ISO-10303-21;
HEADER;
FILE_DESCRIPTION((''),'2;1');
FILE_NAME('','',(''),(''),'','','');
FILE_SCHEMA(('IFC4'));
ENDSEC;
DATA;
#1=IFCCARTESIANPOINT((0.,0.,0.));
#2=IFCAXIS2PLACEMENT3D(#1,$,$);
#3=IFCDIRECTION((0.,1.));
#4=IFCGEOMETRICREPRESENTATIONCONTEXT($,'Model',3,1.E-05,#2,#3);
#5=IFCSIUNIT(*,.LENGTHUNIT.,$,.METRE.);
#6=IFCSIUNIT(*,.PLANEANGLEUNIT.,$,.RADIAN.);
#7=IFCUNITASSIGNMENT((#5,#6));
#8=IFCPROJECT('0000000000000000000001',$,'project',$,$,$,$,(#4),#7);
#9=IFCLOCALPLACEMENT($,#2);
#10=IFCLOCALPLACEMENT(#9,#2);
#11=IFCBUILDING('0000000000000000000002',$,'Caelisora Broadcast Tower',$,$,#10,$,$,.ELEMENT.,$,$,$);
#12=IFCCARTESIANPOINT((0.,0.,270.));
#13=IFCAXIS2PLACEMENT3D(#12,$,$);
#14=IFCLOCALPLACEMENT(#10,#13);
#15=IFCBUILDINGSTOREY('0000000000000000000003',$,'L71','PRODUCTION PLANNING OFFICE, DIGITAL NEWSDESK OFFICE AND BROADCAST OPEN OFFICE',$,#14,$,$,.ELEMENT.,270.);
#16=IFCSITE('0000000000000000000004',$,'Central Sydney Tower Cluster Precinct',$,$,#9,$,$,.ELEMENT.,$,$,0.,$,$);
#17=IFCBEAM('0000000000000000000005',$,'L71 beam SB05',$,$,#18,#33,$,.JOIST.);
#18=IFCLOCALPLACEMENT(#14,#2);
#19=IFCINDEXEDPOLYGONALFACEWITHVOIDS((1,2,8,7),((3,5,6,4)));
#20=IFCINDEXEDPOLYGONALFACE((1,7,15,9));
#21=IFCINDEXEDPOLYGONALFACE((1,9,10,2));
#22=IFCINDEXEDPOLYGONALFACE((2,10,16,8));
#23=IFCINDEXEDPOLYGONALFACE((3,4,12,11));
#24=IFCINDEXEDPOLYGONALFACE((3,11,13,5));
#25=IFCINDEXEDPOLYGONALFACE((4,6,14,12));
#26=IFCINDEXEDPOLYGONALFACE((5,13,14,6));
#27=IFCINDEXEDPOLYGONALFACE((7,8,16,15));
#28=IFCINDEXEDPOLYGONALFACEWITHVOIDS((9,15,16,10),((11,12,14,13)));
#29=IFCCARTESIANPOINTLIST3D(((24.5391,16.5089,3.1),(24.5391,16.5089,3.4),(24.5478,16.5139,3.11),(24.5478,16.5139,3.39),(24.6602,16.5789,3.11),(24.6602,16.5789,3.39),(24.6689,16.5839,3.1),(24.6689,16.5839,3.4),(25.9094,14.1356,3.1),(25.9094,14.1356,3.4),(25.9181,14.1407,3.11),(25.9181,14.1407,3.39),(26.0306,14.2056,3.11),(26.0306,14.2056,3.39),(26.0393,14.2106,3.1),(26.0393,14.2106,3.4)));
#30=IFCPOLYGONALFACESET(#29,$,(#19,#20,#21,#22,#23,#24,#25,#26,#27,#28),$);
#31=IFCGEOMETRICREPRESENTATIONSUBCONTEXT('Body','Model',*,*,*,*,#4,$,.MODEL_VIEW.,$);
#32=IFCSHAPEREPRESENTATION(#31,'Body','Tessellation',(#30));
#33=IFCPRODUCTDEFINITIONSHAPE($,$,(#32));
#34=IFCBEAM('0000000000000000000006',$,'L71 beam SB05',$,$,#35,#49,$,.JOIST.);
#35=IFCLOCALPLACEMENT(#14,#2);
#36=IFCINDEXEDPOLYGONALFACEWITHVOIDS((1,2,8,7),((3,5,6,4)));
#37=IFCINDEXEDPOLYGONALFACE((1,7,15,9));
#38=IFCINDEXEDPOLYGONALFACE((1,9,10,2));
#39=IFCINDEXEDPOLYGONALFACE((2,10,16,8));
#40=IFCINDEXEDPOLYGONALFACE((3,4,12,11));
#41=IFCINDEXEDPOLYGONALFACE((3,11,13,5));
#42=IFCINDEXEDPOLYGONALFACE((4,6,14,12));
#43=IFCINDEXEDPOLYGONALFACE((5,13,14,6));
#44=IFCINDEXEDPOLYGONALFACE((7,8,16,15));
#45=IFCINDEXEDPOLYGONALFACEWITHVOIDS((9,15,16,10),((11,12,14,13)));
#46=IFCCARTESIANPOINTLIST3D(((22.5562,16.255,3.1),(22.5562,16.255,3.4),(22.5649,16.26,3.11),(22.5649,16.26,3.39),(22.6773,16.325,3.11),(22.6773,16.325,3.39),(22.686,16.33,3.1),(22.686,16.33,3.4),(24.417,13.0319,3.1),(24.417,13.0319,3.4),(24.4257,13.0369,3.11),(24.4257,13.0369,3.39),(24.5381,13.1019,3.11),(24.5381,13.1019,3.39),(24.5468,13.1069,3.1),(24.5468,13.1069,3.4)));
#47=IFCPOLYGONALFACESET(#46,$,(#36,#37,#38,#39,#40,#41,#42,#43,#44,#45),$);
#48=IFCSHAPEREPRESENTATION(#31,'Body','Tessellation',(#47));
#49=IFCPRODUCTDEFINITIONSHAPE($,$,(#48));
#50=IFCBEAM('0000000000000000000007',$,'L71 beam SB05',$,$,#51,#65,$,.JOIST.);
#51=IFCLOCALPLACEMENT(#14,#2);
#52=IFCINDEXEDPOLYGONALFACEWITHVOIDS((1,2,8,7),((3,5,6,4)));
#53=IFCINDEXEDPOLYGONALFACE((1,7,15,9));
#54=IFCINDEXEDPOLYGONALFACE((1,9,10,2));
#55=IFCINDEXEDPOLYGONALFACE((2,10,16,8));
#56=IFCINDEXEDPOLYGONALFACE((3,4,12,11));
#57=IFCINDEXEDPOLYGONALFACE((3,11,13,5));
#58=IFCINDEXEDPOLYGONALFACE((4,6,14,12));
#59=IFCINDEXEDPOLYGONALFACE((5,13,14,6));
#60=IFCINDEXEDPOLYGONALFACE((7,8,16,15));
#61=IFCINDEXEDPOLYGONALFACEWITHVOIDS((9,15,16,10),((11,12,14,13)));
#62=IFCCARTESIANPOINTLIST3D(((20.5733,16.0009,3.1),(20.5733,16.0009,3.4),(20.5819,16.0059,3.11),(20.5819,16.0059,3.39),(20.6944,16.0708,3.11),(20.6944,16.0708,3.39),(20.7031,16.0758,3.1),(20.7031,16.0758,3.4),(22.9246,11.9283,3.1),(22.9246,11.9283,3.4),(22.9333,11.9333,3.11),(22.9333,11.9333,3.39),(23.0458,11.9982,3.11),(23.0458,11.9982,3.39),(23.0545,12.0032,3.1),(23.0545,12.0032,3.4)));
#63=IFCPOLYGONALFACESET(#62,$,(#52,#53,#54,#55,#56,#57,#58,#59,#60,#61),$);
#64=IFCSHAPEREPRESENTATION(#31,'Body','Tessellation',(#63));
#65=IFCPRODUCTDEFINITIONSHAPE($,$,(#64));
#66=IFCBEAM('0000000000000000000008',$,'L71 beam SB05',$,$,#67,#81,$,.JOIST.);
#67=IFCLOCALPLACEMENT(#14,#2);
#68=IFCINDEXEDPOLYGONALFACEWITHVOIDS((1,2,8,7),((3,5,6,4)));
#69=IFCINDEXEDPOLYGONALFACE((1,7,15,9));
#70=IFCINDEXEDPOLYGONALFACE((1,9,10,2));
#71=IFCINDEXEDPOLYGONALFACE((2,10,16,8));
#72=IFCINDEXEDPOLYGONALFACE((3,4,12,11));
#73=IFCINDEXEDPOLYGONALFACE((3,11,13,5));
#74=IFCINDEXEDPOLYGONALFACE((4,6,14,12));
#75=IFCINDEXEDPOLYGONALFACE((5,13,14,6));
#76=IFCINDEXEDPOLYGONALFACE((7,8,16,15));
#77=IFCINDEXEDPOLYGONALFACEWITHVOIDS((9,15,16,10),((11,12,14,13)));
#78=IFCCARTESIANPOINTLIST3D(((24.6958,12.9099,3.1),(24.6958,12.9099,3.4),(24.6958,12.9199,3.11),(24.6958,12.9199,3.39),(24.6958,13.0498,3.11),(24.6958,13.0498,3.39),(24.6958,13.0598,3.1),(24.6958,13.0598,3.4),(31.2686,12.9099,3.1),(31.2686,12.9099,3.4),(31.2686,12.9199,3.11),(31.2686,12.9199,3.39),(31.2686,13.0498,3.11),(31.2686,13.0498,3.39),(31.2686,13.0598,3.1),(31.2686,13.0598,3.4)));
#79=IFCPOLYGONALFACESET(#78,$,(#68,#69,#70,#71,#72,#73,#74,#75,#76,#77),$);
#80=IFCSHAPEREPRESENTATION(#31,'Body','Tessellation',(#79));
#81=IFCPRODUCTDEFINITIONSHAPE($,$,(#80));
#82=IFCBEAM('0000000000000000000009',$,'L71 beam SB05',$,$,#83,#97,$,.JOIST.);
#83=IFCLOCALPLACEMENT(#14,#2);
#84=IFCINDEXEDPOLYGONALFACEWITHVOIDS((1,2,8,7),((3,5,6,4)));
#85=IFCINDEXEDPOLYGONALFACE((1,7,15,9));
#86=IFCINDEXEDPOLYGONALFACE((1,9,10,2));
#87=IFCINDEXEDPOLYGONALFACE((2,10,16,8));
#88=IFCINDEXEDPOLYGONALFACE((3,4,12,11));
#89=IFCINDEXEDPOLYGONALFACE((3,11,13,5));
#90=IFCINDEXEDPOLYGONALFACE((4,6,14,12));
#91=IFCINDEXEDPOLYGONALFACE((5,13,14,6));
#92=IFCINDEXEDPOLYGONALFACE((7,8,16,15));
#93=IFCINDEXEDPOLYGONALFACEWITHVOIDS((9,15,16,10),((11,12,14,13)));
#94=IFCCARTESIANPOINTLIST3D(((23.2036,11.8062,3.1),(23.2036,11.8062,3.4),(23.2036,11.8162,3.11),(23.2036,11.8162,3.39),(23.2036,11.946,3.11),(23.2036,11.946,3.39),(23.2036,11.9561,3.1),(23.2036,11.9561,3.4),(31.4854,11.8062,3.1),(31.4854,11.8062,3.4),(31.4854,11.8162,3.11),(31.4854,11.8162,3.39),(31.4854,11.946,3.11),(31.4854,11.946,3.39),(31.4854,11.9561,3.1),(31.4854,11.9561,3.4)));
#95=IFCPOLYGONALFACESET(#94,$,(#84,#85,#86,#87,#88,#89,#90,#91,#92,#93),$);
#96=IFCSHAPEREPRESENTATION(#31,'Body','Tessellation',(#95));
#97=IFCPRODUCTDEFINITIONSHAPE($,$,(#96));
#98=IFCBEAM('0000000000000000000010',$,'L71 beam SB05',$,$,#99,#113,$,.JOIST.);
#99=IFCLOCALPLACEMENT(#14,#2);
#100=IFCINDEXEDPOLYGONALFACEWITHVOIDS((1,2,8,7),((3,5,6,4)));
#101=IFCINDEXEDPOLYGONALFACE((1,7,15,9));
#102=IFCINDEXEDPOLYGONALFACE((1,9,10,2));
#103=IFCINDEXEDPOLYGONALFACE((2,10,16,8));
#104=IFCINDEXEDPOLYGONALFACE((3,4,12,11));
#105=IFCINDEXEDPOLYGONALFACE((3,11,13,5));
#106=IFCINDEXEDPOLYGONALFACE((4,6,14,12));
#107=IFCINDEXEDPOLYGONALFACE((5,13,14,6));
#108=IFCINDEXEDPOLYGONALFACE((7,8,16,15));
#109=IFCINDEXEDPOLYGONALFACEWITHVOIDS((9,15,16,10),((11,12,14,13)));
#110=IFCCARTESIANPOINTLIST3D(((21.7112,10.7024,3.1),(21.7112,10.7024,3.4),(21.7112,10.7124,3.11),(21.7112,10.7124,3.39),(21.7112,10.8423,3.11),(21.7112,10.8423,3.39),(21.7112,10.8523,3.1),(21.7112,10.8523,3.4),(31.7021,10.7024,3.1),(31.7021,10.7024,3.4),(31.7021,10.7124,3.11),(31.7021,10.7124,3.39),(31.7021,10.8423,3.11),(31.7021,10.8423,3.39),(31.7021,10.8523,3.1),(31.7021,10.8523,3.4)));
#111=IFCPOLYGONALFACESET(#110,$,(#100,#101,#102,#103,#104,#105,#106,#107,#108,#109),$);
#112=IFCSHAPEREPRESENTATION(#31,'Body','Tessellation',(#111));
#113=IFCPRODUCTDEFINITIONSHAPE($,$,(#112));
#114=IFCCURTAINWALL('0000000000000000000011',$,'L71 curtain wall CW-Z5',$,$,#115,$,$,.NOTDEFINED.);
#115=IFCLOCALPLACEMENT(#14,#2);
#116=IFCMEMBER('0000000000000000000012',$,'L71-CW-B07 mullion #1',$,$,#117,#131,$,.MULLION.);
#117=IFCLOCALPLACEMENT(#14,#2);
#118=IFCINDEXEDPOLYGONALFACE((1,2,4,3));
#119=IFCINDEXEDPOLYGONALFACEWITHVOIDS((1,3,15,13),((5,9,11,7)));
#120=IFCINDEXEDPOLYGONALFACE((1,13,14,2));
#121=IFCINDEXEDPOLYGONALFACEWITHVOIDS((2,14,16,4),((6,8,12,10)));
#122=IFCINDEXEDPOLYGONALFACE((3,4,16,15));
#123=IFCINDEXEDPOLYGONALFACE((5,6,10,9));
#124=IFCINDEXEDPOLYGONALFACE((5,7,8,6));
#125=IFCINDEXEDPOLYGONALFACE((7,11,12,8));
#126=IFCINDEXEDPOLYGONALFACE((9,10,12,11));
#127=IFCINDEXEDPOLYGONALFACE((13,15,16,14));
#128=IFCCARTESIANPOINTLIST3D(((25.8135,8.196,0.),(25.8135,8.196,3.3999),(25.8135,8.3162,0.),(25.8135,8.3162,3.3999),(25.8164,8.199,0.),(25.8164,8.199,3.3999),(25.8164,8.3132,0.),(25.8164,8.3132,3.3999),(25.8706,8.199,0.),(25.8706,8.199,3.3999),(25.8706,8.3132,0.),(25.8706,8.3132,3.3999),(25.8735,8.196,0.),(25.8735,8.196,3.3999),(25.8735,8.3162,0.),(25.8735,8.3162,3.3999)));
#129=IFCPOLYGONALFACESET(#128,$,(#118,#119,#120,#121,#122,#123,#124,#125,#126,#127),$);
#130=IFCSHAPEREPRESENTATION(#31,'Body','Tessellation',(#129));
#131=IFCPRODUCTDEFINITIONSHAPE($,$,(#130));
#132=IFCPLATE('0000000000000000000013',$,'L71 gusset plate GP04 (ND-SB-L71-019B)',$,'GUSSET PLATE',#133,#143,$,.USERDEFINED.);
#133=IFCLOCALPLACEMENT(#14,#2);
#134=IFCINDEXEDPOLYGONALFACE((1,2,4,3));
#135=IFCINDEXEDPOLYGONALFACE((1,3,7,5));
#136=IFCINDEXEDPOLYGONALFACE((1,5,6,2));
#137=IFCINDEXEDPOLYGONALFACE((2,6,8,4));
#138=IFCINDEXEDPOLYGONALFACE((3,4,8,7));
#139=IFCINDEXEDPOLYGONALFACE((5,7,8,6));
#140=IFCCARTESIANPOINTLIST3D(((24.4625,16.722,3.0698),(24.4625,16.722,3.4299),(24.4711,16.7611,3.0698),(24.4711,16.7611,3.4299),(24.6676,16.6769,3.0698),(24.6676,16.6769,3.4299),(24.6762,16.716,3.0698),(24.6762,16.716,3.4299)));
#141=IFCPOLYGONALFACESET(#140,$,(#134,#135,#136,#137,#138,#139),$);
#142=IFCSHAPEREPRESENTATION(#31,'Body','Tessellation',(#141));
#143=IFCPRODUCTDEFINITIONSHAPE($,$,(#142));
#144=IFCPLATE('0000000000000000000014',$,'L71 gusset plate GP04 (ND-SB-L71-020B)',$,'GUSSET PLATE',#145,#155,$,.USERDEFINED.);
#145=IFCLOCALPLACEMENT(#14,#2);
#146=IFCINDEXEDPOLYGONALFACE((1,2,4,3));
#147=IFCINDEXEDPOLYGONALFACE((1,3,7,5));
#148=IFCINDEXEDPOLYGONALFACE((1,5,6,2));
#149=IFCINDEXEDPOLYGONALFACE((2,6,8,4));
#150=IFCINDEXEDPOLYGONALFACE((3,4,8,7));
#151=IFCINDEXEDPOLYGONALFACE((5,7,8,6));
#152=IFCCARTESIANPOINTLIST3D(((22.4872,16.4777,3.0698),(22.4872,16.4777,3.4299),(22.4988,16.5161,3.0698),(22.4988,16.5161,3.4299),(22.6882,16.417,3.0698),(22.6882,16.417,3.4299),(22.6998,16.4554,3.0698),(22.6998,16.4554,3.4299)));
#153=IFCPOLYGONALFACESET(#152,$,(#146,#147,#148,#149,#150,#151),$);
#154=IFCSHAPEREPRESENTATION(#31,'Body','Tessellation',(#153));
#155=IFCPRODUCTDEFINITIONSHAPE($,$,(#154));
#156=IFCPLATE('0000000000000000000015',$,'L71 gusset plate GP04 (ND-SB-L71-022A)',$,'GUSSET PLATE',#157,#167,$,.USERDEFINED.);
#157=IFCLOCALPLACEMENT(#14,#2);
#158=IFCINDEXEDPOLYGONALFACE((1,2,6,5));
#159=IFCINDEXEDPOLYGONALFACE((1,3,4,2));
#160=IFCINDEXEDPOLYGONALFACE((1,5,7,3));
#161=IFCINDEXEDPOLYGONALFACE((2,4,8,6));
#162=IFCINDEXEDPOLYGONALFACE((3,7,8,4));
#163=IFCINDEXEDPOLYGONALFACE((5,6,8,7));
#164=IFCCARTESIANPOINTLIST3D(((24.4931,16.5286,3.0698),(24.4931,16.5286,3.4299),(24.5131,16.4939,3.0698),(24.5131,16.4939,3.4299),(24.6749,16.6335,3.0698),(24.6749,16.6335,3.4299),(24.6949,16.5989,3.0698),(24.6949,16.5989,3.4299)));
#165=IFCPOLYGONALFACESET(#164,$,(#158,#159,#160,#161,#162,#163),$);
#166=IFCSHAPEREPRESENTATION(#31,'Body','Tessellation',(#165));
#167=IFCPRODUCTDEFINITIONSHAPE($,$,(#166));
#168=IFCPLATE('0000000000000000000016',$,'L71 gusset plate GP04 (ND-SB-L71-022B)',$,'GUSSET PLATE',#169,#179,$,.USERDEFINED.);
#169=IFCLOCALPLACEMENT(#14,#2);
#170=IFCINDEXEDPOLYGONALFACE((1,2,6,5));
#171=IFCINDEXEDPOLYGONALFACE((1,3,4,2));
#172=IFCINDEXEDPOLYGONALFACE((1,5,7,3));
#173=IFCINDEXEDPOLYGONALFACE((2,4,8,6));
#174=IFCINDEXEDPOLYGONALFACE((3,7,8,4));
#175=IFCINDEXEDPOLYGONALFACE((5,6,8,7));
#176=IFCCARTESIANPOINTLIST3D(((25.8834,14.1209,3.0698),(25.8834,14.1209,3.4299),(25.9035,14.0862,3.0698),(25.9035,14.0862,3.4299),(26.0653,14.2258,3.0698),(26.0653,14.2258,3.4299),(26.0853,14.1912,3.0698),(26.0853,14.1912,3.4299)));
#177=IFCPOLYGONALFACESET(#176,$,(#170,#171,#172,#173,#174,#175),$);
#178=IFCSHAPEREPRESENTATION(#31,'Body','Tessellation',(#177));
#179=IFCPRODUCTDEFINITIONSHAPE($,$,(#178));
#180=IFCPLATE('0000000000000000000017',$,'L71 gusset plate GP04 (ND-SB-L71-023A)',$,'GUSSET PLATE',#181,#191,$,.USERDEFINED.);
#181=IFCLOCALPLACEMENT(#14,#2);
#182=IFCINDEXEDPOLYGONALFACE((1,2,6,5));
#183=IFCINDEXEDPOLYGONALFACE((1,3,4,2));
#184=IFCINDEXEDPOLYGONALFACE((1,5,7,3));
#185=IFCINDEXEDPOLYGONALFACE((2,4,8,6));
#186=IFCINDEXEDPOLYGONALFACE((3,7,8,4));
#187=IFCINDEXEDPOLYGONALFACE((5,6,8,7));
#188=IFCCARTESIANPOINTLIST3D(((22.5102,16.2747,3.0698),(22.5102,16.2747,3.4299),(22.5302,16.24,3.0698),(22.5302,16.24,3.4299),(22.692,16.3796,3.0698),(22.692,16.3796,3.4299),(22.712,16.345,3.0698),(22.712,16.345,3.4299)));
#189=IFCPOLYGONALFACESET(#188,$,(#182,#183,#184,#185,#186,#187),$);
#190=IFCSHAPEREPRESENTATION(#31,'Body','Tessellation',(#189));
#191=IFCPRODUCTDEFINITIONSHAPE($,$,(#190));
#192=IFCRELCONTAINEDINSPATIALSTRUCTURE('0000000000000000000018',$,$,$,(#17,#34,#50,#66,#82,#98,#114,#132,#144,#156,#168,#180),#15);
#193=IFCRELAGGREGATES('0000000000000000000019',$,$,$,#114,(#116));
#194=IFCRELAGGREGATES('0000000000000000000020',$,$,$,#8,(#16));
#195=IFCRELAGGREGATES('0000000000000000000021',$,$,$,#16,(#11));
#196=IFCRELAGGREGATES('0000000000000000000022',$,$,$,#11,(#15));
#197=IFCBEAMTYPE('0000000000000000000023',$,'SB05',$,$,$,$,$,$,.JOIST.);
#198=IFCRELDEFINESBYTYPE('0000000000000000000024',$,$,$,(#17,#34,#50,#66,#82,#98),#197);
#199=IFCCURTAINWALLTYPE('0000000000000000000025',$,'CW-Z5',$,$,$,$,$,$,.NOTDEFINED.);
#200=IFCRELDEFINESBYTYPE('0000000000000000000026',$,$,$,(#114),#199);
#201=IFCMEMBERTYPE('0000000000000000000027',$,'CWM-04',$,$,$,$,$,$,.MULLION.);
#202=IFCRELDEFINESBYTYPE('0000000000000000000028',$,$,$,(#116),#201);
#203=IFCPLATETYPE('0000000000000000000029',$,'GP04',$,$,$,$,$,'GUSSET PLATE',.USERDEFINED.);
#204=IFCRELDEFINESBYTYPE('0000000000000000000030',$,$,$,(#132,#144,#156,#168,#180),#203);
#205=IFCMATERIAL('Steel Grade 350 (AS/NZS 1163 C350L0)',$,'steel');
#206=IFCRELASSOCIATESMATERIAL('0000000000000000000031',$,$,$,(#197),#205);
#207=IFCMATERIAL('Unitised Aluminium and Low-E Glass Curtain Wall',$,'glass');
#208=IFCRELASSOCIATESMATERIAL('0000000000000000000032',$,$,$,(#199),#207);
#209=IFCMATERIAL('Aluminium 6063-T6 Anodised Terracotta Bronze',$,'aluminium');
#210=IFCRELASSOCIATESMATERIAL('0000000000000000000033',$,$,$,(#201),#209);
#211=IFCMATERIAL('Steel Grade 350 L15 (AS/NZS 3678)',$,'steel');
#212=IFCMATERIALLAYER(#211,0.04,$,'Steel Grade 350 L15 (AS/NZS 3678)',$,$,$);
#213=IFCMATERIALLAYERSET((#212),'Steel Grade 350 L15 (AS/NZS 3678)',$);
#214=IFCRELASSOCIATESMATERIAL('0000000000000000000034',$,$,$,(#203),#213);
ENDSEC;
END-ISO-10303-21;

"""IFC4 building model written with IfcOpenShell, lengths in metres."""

from ifc_helpers import new_model, si_unit, direction, frame, origin, origin_2d, place, context, subcontext, project, spatial, rectangle, hollow_rectangle, extrude, source, transform, mapped, material, layer, layer_set, material_profile, profile_set, type_object, type_shapes, element, aggregate, save


model = new_model("IFC4")

# Units and contexts
model_context = context("Model", 3, precision=1e-05, world=origin(), true_north=direction((0.0, 1.0)))
body_context = subcontext(model_context, "Body", "Model", "MODEL_VIEW")
ifc_project = project(units=[si_unit("LENGTHUNIT", "METRE"), si_unit("PLANEANGLEUNIT", "RADIAN")], contexts=[model_context])

# Site, building, storey
site_placement = place(None, origin())
site = spatial("IfcSite", under=ifc_project, at=site_placement, Name="Central Sydney Tower Cluster Precinct", CompositionType="ELEMENT", RefElevation=0.0)
building_placement = place(site_placement, origin())
building = spatial("IfcBuilding", under=site, at=building_placement, Name="Caelisora Broadcast Tower", CompositionType="ELEMENT")
storey_placement = place(building_placement, frame((0.0, 0.0, 270.0)))
storey = spatial("IfcBuildingStorey", under=building, at=storey_placement, Name="L71", Description="PRODUCTION PLANNING OFFICE, DIGITAL NEWSDESK OFFICE AND BROADCAST OPEN OFFICE", CompositionType="ELEMENT", Elevation=270.0)

# Beams
ifc_material_1 = material(Name="Steel Grade 350 (AS/NZS 1163 C350L0)", Category="steel")
ifc_material_profile_1 = material_profile(ifc_material_1, hollow_rectangle(XDim=0.1499, YDim=0.3, WallThickness=0.01, at=origin_2d()), Name="Steel Grade 350 (AS/NZS 1163 C350L0)")
ifc_profile_set_1 = profile_set([ifc_material_profile_1], Name="Steel Grade 350 (AS/NZS 1163 C350L0)")
beam_type = type_object("IfcBeamType", Name="SB05", PredefinedType="JOIST", material=ifc_profile_set_1)
shared_shape_1 = source(origin(), body_context, "Body", "SweptSolid", [
    extrude(hollow_rectangle(XDim=0.1499, YDim=0.3, WallThickness=0.01, at=origin_2d()), origin(), (0.0, 0.0, 1.0), 2.7405),
])
beam_1_placement = place(storey_placement, frame((24.604, 16.5464, 3.25), z_axis=(0.500039, -0.866003, 0.0), x_axis=(0.866003, 0.500039, 0.0)))
element("IfcBeam", 1, at=beam_1_placement, inside=storey, type_object=beam_type, Name="L71 beam SB05", PredefinedType="JOIST", context=body_context, shape_type="MappedRepresentation", body=[
    mapped(shared_shape_1, transform((0.0, 0.0, 0.0), scale=1.0)),
])
shared_shape_2 = source(origin(), body_context, "Body", "SweptSolid", [
    extrude(hollow_rectangle(XDim=0.1499, YDim=0.3, WallThickness=0.01, at=origin_2d()), origin(), (0.0, 0.0, 1.0), 3.7217),
])
beam_2_placement = place(storey_placement, frame((22.6211, 16.2925, 3.25), z_axis=(0.499991, -0.86603, 0.0), x_axis=(0.86603, 0.499991, 0.0)))
element("IfcBeam", 2, at=beam_2_placement, inside=storey, type_object=beam_type, Name="L71 beam SB05", PredefinedType="JOIST", context=body_context, shape_type="MappedRepresentation", body=[
    mapped(shared_shape_2, transform((0.0, 0.0, 0.0), scale=1.0)),
])
shared_shape_3 = source(origin(), body_context, "Body", "SweptSolid", [
    extrude(hollow_rectangle(XDim=0.1499, YDim=0.3, WallThickness=0.01, at=origin_2d()), origin(), (0.0, 0.0, 1.0), 4.7026),
])
beam_3_placement = place(storey_placement, frame((20.6382, 16.0383, 3.25), z_axis=(0.500009, -0.86602, 0.0), x_axis=(0.86602, 0.500009, 0.0)))
element("IfcBeam", 3, at=beam_3_placement, inside=storey, type_object=beam_type, Name="L71 beam SB05", PredefinedType="JOIST", context=body_context, shape_type="MappedRepresentation", body=[
    mapped(shared_shape_3, transform((0.0, 0.0, 0.0), scale=1.0)),
])
shared_shape_4 = source(origin(), body_context, "Body", "SweptSolid", [
    extrude(hollow_rectangle(XDim=0.1499, YDim=0.3, WallThickness=0.01, at=origin_2d()), origin(), (0.0, 0.0, 1.0), 6.5728),
])
beam_4_placement = place(storey_placement, frame((24.6958, 12.9849, 3.25), z_axis=(1.0, 0.0, 0.0), x_axis=(0.0, 1.0, 0.0)))
element("IfcBeam", 4, at=beam_4_placement, inside=storey, type_object=beam_type, Name="L71 beam SB05", PredefinedType="JOIST", context=body_context, shape_type="MappedRepresentation", body=[
    mapped(shared_shape_4, transform((0.0, 0.0, 0.0), scale=1.0)),
])
shared_shape_5 = source(origin(), body_context, "Body", "SweptSolid", [
    extrude(hollow_rectangle(XDim=0.1499, YDim=0.3, WallThickness=0.01, at=origin_2d()), origin(), (0.0, 0.0, 1.0), 8.2817),
])
beam_5_placement = place(storey_placement, frame((23.2036, 11.8811, 3.25), z_axis=(1.0, 0.0, 0.0), x_axis=(0.0, 1.0, 0.0)))
element("IfcBeam", 5, at=beam_5_placement, inside=storey, type_object=beam_type, Name="L71 beam SB05", PredefinedType="JOIST", context=body_context, shape_type="MappedRepresentation", body=[
    mapped(shared_shape_5, transform((0.0, 0.0, 0.0), scale=1.0)),
])
shared_shape_6 = source(origin(), body_context, "Body", "SweptSolid", [
    extrude(hollow_rectangle(XDim=0.1499, YDim=0.3, WallThickness=0.01, at=origin_2d()), origin(), (0.0, 0.0, 1.0), 9.991),
])
type_shapes(beam_type, [shared_shape_1, shared_shape_2, shared_shape_3, shared_shape_4, shared_shape_5, shared_shape_6])
beam_6_placement = place(storey_placement, frame((21.7112, 10.7773, 3.25), z_axis=(1.0, 0.0, 0.0), x_axis=(0.0, 1.0, 0.0)))
element("IfcBeam", 6, at=beam_6_placement, inside=storey, type_object=beam_type, Name="L71 beam SB05", PredefinedType="JOIST", context=body_context, shape_type="MappedRepresentation", body=[
    mapped(shared_shape_6, transform((0.0, 0.0, 0.0), scale=1.0)),
])

# Curtain wall, member
ifc_material_2 = material(Name="Unitised Aluminium and Low-E Glass Curtain Wall", Category="glass")
curtain_wall_type = type_object("IfcCurtainWallType", Name="CW-Z5", PredefinedType="NOTDEFINED", material=ifc_material_2)
curtain_wall_placement = place(storey_placement, origin())
curtain_wall = element("IfcCurtainWall", 7, at=curtain_wall_placement, inside=storey, type_object=curtain_wall_type, Name="L71 curtain wall CW-Z5", PredefinedType="NOTDEFINED")
ifc_material_3 = material(Name="Aluminium 6063-T6 Anodised Terracotta Bronze", Category="aluminium")
ifc_material_profile_2 = material_profile(ifc_material_3, hollow_rectangle(XDim=0.0601, YDim=0.1201, WallThickness=0.0029, at=origin_2d()), Name="Aluminium 6063-T6 Anodised Terracotta Bronze")
ifc_profile_set_2 = profile_set([ifc_material_profile_2], Name="Aluminium 6063-T6 Anodised Terracotta Bronze")
member_type = type_object("IfcMemberType", Name="CWM-04", PredefinedType="MULLION", material=ifc_profile_set_2)
shared_shape_7 = source(origin(), body_context, "Body", "SweptSolid", [
    extrude(hollow_rectangle(XDim=0.0601, YDim=0.1201, WallThickness=0.0029, at=origin_2d()), origin(), (0.0, 0.0, 1.0), 3.3999),
])
type_shapes(member_type, [shared_shape_7])
member_placement = place(storey_placement, frame((25.8435, 8.2561, 0.0), z_axis=(0.0, 0.0, 1.0), x_axis=(1.0, 0.0, 0.0)))
member = element("IfcMember", 8, at=member_placement, type_object=member_type, Name="L71-CW-B07 mullion #1", PredefinedType="MULLION", context=body_context, shape_type="MappedRepresentation", body=[
    mapped(shared_shape_7, transform((0.0, 0.0, 0.0), scale=1.0)),
])

# Plates
ifc_material_4 = material(Name="Steel Grade 350 L15 (AS/NZS 3678)", Category="steel")
ifc_layer_1 = layer(ifc_material_4, 0.04, Name="Steel Grade 350 L15 (AS/NZS 3678)")
ifc_layer_set_1 = layer_set([ifc_layer_1], Name="Steel Grade 350 L15 (AS/NZS 3678)")
plate_type_1 = type_object("IfcPlateType", Name="GP04", ElementType="GUSSET PLATE", PredefinedType="USERDEFINED", material=ifc_layer_set_1)
shared_shape_8 = source(origin(), body_context, "Body", "SweptSolid", [
    extrude(rectangle(XDim=0.21, YDim=0.04, at=origin_2d()), origin(), (0.0, 0.0, 1.0), 0.3601),
])
type_shapes(plate_type_1, [shared_shape_8])
for number, where, z_axis, x_axis, name in (
    (9, (24.5693, 16.719, 3.0698), (0.0, 0.0, 1.0), (0.976597, -0.215076, 0.0), "L71 gusset plate GP04 (ND-SB-L71-019B)"),
    (10, (22.5935, 16.4666, 3.0698), (0.0, 0.0, 1.0), (0.957319, -0.289032, 0.0), "L71 gusset plate GP04 (ND-SB-L71-020B)"),
    (11, (24.594, 16.5637, 3.0698), (0.0, 0.0, 1.0), (0.866025, 0.5, 0.0), "L71 gusset plate GP04 (ND-SB-L71-022A)"),
    (12, (25.9844, 14.156, 3.0698), (0.0, 0.0, 1.0), (0.866025, 0.5, 0.0), "L71 gusset plate GP04 (ND-SB-L71-022B)"),
    (13, (22.6111, 16.3098, 3.0698), (0.0, 0.0, 1.0), (0.866025, 0.5, 0.0), "L71 gusset plate GP04 (ND-SB-L71-023A)"),
):
    element("IfcPlate", number, at=place(storey_placement, frame(where, z_axis=z_axis, x_axis=x_axis)), inside=storey, type_object=plate_type_1, Name=name, ObjectType="GUSSET PLATE", PredefinedType="USERDEFINED", context=body_context, shape_type="MappedRepresentation", body=[
        mapped(shared_shape_8, transform((0.0, 0.0, 0.0), scale=1.0)),
    ])

aggregate(curtain_wall, [member])

save(model, "model.ifc")
